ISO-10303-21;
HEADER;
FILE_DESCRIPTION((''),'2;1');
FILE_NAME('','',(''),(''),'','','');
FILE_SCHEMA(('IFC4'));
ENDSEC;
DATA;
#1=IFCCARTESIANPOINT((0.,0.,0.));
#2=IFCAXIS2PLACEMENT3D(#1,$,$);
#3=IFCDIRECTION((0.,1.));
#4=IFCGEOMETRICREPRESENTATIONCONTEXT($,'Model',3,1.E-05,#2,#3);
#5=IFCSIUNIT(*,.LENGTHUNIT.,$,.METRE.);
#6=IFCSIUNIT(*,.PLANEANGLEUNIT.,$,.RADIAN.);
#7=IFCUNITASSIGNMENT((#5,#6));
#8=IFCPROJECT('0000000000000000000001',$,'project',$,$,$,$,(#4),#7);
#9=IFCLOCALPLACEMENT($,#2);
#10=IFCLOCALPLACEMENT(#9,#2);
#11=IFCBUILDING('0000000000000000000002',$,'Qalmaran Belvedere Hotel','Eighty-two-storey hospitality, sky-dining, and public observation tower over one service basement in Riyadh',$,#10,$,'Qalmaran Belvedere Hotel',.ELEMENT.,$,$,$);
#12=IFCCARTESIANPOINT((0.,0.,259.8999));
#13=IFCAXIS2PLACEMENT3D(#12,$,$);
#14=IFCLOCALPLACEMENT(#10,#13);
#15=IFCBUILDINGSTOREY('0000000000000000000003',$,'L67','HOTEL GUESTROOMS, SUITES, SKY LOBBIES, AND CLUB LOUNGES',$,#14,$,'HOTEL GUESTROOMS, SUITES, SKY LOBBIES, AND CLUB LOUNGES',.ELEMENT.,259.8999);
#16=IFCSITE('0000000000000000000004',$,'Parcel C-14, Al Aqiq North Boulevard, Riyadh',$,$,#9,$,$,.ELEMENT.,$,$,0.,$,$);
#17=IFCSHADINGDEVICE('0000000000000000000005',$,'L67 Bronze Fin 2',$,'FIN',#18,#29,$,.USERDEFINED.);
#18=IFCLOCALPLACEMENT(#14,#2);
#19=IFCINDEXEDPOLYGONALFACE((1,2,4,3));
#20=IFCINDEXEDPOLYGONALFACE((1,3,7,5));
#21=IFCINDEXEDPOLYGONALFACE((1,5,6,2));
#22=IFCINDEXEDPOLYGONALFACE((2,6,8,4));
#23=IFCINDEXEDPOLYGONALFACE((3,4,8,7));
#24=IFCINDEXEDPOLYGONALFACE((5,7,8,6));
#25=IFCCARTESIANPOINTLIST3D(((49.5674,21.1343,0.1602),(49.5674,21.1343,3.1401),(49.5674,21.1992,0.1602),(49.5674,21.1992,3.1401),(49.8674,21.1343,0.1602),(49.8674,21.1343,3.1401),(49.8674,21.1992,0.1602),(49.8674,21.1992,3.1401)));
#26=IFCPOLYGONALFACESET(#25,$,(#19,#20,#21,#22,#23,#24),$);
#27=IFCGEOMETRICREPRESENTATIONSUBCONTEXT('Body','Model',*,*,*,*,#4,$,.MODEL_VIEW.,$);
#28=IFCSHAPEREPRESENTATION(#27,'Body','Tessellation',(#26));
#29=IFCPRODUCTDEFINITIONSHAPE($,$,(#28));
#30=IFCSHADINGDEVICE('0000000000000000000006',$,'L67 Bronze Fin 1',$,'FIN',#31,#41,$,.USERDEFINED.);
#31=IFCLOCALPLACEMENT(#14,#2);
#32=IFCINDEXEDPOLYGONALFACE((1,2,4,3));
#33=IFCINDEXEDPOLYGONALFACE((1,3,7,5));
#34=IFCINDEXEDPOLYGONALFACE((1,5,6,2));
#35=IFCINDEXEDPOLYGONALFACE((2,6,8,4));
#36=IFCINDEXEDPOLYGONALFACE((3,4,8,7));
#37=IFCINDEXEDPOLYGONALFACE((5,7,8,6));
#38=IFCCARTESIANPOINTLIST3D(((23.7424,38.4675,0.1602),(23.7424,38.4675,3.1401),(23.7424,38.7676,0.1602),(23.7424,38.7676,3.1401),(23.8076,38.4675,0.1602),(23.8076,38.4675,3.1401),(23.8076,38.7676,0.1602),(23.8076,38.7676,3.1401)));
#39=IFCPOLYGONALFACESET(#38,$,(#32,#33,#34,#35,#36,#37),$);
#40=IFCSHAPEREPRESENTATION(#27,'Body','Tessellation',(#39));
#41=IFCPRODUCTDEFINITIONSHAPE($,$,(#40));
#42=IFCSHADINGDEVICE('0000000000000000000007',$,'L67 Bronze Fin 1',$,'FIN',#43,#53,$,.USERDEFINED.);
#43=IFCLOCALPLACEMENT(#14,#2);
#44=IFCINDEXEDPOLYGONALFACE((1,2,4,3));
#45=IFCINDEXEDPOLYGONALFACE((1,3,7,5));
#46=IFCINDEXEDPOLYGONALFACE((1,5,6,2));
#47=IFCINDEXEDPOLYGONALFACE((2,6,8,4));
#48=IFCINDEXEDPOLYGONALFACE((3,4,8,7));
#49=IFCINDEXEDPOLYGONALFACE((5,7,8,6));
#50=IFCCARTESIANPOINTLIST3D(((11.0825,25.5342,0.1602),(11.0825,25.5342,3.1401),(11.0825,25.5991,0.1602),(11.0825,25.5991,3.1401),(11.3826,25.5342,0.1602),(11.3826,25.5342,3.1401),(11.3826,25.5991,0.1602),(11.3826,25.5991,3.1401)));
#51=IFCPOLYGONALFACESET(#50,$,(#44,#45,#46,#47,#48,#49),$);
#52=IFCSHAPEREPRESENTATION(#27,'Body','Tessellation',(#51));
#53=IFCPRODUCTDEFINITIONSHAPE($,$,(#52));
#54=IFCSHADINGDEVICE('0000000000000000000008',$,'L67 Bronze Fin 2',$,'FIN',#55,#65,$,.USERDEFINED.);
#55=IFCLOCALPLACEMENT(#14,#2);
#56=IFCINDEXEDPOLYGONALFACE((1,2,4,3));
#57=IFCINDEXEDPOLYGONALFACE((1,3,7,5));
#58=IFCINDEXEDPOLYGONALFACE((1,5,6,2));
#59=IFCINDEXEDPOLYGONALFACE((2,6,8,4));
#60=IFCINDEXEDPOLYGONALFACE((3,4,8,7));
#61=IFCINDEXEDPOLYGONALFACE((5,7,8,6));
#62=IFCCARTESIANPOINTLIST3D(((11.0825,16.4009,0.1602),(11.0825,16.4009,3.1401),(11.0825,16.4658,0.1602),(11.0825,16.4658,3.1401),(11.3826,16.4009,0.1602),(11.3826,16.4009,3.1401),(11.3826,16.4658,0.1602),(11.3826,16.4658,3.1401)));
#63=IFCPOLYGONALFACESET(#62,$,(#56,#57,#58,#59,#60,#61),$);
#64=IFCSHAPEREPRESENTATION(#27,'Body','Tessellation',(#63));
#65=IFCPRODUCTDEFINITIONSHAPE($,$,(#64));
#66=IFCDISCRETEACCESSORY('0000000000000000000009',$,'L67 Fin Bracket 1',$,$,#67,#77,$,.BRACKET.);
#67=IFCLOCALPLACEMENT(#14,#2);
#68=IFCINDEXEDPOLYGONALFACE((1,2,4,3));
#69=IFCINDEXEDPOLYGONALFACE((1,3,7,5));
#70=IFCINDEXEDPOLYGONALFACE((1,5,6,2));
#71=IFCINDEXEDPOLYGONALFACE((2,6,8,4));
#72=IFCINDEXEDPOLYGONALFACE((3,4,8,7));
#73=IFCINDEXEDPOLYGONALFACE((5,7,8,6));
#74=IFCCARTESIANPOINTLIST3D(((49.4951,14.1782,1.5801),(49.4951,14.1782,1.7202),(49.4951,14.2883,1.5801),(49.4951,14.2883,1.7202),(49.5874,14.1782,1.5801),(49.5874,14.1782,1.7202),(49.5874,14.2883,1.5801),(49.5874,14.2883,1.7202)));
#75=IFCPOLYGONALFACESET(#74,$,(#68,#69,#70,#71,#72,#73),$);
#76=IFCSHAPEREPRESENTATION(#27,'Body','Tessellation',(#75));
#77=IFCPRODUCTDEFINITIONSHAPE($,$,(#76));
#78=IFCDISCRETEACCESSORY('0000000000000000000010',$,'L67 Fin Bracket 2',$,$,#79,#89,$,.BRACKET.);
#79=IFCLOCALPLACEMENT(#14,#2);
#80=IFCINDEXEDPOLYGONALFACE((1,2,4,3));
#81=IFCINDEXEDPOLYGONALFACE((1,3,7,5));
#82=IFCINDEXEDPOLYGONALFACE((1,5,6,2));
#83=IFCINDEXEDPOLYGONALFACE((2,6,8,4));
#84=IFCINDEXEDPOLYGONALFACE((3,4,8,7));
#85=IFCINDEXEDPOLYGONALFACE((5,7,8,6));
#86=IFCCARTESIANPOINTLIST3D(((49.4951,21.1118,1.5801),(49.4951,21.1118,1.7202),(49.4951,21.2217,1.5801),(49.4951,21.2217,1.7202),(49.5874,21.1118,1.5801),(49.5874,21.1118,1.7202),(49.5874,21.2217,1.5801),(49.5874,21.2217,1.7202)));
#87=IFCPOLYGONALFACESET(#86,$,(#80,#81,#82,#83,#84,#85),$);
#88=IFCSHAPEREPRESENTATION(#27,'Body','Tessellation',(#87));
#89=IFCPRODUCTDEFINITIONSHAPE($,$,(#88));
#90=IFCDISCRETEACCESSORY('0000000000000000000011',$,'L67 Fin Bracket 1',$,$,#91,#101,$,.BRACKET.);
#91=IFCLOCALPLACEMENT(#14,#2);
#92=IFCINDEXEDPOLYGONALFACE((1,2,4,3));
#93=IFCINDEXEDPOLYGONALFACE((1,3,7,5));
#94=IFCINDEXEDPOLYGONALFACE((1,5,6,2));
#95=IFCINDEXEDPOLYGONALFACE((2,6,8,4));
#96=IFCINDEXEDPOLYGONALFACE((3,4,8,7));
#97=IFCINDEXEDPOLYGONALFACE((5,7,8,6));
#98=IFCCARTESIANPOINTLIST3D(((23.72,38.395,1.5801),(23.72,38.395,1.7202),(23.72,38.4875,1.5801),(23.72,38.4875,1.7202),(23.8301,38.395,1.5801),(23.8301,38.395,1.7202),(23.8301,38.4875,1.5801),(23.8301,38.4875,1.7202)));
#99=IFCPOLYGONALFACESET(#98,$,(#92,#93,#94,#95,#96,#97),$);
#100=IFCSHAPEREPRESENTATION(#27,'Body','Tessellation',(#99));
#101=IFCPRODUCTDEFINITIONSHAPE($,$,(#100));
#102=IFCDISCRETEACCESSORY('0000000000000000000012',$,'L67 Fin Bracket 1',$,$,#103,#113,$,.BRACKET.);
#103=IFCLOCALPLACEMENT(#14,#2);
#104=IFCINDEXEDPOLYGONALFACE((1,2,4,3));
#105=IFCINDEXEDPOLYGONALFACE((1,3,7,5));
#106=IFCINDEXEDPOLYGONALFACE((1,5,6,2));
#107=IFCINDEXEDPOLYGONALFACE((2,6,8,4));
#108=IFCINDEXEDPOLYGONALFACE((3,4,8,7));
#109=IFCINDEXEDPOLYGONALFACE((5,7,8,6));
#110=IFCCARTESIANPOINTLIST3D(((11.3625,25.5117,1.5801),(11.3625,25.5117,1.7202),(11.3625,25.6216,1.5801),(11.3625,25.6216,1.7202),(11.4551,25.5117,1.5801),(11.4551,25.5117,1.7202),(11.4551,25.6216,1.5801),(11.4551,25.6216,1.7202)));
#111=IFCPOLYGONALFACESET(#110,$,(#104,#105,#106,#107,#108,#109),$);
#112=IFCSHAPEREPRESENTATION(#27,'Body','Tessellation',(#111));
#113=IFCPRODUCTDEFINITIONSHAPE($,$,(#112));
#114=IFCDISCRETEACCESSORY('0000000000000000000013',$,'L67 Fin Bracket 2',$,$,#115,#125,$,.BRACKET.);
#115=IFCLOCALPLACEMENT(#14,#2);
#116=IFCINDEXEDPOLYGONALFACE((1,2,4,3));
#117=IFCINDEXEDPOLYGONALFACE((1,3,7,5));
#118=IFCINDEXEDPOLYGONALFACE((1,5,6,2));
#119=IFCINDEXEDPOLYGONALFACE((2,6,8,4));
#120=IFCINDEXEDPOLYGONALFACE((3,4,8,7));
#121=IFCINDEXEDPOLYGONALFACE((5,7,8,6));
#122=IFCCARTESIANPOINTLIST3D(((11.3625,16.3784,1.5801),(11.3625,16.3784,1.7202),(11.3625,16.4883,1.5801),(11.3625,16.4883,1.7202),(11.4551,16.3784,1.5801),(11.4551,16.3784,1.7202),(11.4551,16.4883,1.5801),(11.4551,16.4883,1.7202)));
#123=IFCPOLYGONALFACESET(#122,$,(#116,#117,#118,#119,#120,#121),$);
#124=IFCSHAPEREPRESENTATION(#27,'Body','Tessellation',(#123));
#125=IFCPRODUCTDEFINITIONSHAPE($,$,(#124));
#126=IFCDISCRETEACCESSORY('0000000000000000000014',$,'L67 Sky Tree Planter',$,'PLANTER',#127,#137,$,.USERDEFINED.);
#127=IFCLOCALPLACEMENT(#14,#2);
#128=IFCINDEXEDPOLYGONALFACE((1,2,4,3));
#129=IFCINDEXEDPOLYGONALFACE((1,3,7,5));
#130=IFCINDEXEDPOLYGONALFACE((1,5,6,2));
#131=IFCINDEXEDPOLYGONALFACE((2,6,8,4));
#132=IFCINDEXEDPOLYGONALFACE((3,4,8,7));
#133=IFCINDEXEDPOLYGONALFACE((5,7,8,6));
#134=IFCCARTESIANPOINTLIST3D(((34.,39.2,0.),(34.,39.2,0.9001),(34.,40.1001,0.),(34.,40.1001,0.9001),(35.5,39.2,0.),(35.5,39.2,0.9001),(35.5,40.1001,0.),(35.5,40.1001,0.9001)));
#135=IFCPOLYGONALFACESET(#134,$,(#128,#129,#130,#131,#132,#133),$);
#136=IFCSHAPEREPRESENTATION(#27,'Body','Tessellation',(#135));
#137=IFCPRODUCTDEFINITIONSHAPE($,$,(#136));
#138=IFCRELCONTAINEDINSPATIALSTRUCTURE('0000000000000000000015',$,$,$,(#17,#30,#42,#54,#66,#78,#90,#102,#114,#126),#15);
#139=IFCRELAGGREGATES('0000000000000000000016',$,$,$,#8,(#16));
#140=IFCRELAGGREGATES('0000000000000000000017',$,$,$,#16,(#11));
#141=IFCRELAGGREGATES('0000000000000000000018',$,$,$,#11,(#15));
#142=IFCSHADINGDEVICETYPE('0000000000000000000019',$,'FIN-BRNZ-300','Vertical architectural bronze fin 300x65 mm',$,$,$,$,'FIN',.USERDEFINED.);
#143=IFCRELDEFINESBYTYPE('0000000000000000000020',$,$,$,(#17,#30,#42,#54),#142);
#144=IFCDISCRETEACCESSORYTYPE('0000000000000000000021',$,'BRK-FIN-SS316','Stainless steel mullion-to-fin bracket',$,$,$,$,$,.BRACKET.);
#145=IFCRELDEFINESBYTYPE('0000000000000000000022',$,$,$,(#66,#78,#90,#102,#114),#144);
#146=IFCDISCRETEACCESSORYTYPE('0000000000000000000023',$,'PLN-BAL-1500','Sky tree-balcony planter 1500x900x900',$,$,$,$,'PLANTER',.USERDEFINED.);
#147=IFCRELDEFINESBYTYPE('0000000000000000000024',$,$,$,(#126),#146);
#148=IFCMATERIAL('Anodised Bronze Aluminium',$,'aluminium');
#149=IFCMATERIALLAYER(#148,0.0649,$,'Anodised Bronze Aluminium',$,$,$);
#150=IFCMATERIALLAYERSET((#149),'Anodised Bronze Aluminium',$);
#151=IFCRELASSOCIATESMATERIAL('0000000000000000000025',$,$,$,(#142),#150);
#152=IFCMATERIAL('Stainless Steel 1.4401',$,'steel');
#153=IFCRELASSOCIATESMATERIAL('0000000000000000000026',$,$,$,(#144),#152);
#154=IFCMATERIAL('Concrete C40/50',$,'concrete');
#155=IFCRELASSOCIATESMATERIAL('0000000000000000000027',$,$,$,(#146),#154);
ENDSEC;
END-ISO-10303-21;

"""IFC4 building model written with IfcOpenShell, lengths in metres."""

from ifc_helpers import new_model, si_unit, direction, frame, origin, place, context, subcontext, project, spatial, polyline, outline, extrude, material, layer, layer_set, type_object, element, save


model = new_model("IFC4")

# Units and contexts
model_context = context("Model", 3, precision=1e-05, world=origin(), true_north=direction((0.0, 1.0)))
body_context = subcontext(model_context, "Body", "Model", "MODEL_VIEW")
ifc_project = project(units=[si_unit("LENGTHUNIT", "METRE"), si_unit("PLANEANGLEUNIT", "RADIAN")], contexts=[model_context])

# Site, building, storey
site_placement = place(None, origin())
site = spatial("IfcSite", under=ifc_project, at=site_placement, Name="Parcel C-14, Al Aqiq North Boulevard, Riyadh", CompositionType="ELEMENT", RefElevation=0.0)
building_placement = place(site_placement, origin())
building = spatial("IfcBuilding", under=site, at=building_placement, Name="Qalmaran Belvedere Hotel", Description="Eighty-two-storey hospitality, sky-dining, and public observation tower over one service basement in Riyadh", LongName="Qalmaran Belvedere Hotel", CompositionType="ELEMENT")
storey_placement = place(building_placement, frame((0.0, 0.0, 259.8999)))
storey = spatial("IfcBuildingStorey", under=building, at=storey_placement, Name="L67", Description="HOTEL GUESTROOMS, SUITES, SKY LOBBIES, AND CLUB LOUNGES", LongName="HOTEL GUESTROOMS, SUITES, SKY LOBBIES, AND CLUB LOUNGES", CompositionType="ELEMENT", Elevation=259.8999)

# Shared definitions
ifc_material_1 = material(Name="Anodised Bronze Aluminium", Category="aluminium")

# Shared definitions
ifc_material_2 = material(Name="Concrete C40/50", Category="concrete")

# Shading devices
ifc_layer_1 = layer(ifc_material_1, 0.0649, Name="Anodised Bronze Aluminium")
ifc_layer_set_1 = layer_set([ifc_layer_1], Name="Anodised Bronze Aluminium")
shading_device_type = type_object("IfcShadingDeviceType", Name="FIN-BRNZ-300", Description="Vertical architectural bronze fin 300x65 mm", ElementType="FIN", PredefinedType="USERDEFINED", material=ifc_layer_set_1)
shading_device_1_placement = place(storey_placement, frame((0.0, 0.0, 0.1602)))
element("IfcShadingDevice", 1, at=shading_device_1_placement, inside=storey, type_object=shading_device_type, Name="L67 Bronze Fin 2", ObjectType="FIN", PredefinedType="USERDEFINED", context=body_context, shape_type="SweptSolid", body=[
    extrude(outline(polyline([(49.5674, 21.1343), (49.8674, 21.1343), (49.8674, 21.1992), (49.5674, 21.1992), (49.5674, 21.1343)])), origin(), (0.0, 0.0, 1.0), 2.98),
])
shading_device_2_placement = place(storey_placement, frame((0.0, 0.0, 0.1602)))
element("IfcShadingDevice", 2, at=shading_device_2_placement, inside=storey, type_object=shading_device_type, Name="L67 Bronze Fin 1", ObjectType="FIN", PredefinedType="USERDEFINED", context=body_context, shape_type="SweptSolid", body=[
    extrude(outline(polyline([(23.8076, 38.4675), (23.8076, 38.7676), (23.7424, 38.7676), (23.7424, 38.4675), (23.8076, 38.4675)])), origin(), (0.0, 0.0, 1.0), 2.98),
])
shading_device_3_placement = place(storey_placement, frame((0.0, 0.0, 0.1602)))
element("IfcShadingDevice", 3, at=shading_device_3_placement, inside=storey, type_object=shading_device_type, Name="L67 Bronze Fin 1", ObjectType="FIN", PredefinedType="USERDEFINED", context=body_context, shape_type="SweptSolid", body=[
    extrude(outline(polyline([(11.3826, 25.5991), (11.0825, 25.5991), (11.0825, 25.5342), (11.3826, 25.5342), (11.3826, 25.5991)])), origin(), (0.0, 0.0, 1.0), 2.98),
])
shading_device_4_placement = place(storey_placement, frame((0.0, 0.0, 0.1602)))
element("IfcShadingDevice", 4, at=shading_device_4_placement, inside=storey, type_object=shading_device_type, Name="L67 Bronze Fin 2", ObjectType="FIN", PredefinedType="USERDEFINED", context=body_context, shape_type="SweptSolid", body=[
    extrude(outline(polyline([(11.3826, 16.4658), (11.0825, 16.4658), (11.0825, 16.4009), (11.3826, 16.4009), (11.3826, 16.4658)])), origin(), (0.0, 0.0, 1.0), 2.98),
])

# Discrete accessories
ifc_material_3 = material(Name="Stainless Steel 1.4401", Category="steel")
discrete_accessory_type_1 = type_object("IfcDiscreteAccessoryType", Name="BRK-FIN-SS316", Description="Stainless steel mullion-to-fin bracket", PredefinedType="BRACKET", material=ifc_material_3)
discrete_accessory_1_placement = place(storey_placement, frame((0.0, 0.0, 1.5801)))
element("IfcDiscreteAccessory", 5, at=discrete_accessory_1_placement, inside=storey, type_object=discrete_accessory_type_1, Name="L67 Fin Bracket 1", PredefinedType="BRACKET", context=body_context, shape_type="SweptSolid", body=[
    extrude(outline(polyline([(49.4951, 14.1782), (49.5874, 14.1782), (49.5874, 14.2883), (49.4951, 14.2883), (49.4951, 14.1782)])), origin(), (0.0, 0.0, 1.0), 0.1401),
])
discrete_accessory_2_placement = place(storey_placement, frame((0.0, 0.0, 1.5801)))
element("IfcDiscreteAccessory", 6, at=discrete_accessory_2_placement, inside=storey, type_object=discrete_accessory_type_1, Name="L67 Fin Bracket 2", PredefinedType="BRACKET", context=body_context, shape_type="SweptSolid", body=[
    extrude(outline(polyline([(49.4951, 21.1118), (49.5874, 21.1118), (49.5874, 21.2217), (49.4951, 21.2217), (49.4951, 21.1118)])), origin(), (0.0, 0.0, 1.0), 0.1401),
])
discrete_accessory_3_placement = place(storey_placement, frame((0.0, 0.0, 1.5801)))
element("IfcDiscreteAccessory", 7, at=discrete_accessory_3_placement, inside=storey, type_object=discrete_accessory_type_1, Name="L67 Fin Bracket 1", PredefinedType="BRACKET", context=body_context, shape_type="SweptSolid", body=[
    extrude(outline(polyline([(23.8301, 38.395), (23.8301, 38.4875), (23.72, 38.4875), (23.72, 38.395), (23.8301, 38.395)])), origin(), (0.0, 0.0, 1.0), 0.1401),
])
discrete_accessory_4_placement = place(storey_placement, frame((0.0, 0.0, 1.5801)))
element("IfcDiscreteAccessory", 8, at=discrete_accessory_4_placement, inside=storey, type_object=discrete_accessory_type_1, Name="L67 Fin Bracket 1", PredefinedType="BRACKET", context=body_context, shape_type="SweptSolid", body=[
    extrude(outline(polyline([(11.4551, 25.6216), (11.3625, 25.6216), (11.3625, 25.5117), (11.4551, 25.5117), (11.4551, 25.6216)])), origin(), (0.0, 0.0, 1.0), 0.1401),
])
discrete_accessory_5_placement = place(storey_placement, frame((0.0, 0.0, 1.5801)))
element("IfcDiscreteAccessory", 9, at=discrete_accessory_5_placement, inside=storey, type_object=discrete_accessory_type_1, Name="L67 Fin Bracket 2", PredefinedType="BRACKET", context=body_context, shape_type="SweptSolid", body=[
    extrude(outline(polyline([(11.4551, 16.4883), (11.3625, 16.4883), (11.3625, 16.3784), (11.4551, 16.3784), (11.4551, 16.4883)])), origin(), (0.0, 0.0, 1.0), 0.1401),
])
discrete_accessory_type_2 = type_object("IfcDiscreteAccessoryType", Name="PLN-BAL-1500", Description="Sky tree-balcony planter 1500x900x900", ElementType="PLANTER", PredefinedType="USERDEFINED", material=ifc_material_2)
discrete_accessory_6_placement = place(storey_placement, origin())
element("IfcDiscreteAccessory", 10, at=discrete_accessory_6_placement, inside=storey, type_object=discrete_accessory_type_2, Name="L67 Sky Tree Planter", ObjectType="PLANTER", PredefinedType="USERDEFINED", context=body_context, shape_type="SweptSolid", body=[
    extrude(outline(polyline([(34.0, 39.2), (35.5, 39.2), (35.5, 40.1001), (34.0, 40.1001), (34.0, 39.2)])), origin(), (0.0, 0.0, 1.0), 0.9001),
])

save(model, "model.ifc")
